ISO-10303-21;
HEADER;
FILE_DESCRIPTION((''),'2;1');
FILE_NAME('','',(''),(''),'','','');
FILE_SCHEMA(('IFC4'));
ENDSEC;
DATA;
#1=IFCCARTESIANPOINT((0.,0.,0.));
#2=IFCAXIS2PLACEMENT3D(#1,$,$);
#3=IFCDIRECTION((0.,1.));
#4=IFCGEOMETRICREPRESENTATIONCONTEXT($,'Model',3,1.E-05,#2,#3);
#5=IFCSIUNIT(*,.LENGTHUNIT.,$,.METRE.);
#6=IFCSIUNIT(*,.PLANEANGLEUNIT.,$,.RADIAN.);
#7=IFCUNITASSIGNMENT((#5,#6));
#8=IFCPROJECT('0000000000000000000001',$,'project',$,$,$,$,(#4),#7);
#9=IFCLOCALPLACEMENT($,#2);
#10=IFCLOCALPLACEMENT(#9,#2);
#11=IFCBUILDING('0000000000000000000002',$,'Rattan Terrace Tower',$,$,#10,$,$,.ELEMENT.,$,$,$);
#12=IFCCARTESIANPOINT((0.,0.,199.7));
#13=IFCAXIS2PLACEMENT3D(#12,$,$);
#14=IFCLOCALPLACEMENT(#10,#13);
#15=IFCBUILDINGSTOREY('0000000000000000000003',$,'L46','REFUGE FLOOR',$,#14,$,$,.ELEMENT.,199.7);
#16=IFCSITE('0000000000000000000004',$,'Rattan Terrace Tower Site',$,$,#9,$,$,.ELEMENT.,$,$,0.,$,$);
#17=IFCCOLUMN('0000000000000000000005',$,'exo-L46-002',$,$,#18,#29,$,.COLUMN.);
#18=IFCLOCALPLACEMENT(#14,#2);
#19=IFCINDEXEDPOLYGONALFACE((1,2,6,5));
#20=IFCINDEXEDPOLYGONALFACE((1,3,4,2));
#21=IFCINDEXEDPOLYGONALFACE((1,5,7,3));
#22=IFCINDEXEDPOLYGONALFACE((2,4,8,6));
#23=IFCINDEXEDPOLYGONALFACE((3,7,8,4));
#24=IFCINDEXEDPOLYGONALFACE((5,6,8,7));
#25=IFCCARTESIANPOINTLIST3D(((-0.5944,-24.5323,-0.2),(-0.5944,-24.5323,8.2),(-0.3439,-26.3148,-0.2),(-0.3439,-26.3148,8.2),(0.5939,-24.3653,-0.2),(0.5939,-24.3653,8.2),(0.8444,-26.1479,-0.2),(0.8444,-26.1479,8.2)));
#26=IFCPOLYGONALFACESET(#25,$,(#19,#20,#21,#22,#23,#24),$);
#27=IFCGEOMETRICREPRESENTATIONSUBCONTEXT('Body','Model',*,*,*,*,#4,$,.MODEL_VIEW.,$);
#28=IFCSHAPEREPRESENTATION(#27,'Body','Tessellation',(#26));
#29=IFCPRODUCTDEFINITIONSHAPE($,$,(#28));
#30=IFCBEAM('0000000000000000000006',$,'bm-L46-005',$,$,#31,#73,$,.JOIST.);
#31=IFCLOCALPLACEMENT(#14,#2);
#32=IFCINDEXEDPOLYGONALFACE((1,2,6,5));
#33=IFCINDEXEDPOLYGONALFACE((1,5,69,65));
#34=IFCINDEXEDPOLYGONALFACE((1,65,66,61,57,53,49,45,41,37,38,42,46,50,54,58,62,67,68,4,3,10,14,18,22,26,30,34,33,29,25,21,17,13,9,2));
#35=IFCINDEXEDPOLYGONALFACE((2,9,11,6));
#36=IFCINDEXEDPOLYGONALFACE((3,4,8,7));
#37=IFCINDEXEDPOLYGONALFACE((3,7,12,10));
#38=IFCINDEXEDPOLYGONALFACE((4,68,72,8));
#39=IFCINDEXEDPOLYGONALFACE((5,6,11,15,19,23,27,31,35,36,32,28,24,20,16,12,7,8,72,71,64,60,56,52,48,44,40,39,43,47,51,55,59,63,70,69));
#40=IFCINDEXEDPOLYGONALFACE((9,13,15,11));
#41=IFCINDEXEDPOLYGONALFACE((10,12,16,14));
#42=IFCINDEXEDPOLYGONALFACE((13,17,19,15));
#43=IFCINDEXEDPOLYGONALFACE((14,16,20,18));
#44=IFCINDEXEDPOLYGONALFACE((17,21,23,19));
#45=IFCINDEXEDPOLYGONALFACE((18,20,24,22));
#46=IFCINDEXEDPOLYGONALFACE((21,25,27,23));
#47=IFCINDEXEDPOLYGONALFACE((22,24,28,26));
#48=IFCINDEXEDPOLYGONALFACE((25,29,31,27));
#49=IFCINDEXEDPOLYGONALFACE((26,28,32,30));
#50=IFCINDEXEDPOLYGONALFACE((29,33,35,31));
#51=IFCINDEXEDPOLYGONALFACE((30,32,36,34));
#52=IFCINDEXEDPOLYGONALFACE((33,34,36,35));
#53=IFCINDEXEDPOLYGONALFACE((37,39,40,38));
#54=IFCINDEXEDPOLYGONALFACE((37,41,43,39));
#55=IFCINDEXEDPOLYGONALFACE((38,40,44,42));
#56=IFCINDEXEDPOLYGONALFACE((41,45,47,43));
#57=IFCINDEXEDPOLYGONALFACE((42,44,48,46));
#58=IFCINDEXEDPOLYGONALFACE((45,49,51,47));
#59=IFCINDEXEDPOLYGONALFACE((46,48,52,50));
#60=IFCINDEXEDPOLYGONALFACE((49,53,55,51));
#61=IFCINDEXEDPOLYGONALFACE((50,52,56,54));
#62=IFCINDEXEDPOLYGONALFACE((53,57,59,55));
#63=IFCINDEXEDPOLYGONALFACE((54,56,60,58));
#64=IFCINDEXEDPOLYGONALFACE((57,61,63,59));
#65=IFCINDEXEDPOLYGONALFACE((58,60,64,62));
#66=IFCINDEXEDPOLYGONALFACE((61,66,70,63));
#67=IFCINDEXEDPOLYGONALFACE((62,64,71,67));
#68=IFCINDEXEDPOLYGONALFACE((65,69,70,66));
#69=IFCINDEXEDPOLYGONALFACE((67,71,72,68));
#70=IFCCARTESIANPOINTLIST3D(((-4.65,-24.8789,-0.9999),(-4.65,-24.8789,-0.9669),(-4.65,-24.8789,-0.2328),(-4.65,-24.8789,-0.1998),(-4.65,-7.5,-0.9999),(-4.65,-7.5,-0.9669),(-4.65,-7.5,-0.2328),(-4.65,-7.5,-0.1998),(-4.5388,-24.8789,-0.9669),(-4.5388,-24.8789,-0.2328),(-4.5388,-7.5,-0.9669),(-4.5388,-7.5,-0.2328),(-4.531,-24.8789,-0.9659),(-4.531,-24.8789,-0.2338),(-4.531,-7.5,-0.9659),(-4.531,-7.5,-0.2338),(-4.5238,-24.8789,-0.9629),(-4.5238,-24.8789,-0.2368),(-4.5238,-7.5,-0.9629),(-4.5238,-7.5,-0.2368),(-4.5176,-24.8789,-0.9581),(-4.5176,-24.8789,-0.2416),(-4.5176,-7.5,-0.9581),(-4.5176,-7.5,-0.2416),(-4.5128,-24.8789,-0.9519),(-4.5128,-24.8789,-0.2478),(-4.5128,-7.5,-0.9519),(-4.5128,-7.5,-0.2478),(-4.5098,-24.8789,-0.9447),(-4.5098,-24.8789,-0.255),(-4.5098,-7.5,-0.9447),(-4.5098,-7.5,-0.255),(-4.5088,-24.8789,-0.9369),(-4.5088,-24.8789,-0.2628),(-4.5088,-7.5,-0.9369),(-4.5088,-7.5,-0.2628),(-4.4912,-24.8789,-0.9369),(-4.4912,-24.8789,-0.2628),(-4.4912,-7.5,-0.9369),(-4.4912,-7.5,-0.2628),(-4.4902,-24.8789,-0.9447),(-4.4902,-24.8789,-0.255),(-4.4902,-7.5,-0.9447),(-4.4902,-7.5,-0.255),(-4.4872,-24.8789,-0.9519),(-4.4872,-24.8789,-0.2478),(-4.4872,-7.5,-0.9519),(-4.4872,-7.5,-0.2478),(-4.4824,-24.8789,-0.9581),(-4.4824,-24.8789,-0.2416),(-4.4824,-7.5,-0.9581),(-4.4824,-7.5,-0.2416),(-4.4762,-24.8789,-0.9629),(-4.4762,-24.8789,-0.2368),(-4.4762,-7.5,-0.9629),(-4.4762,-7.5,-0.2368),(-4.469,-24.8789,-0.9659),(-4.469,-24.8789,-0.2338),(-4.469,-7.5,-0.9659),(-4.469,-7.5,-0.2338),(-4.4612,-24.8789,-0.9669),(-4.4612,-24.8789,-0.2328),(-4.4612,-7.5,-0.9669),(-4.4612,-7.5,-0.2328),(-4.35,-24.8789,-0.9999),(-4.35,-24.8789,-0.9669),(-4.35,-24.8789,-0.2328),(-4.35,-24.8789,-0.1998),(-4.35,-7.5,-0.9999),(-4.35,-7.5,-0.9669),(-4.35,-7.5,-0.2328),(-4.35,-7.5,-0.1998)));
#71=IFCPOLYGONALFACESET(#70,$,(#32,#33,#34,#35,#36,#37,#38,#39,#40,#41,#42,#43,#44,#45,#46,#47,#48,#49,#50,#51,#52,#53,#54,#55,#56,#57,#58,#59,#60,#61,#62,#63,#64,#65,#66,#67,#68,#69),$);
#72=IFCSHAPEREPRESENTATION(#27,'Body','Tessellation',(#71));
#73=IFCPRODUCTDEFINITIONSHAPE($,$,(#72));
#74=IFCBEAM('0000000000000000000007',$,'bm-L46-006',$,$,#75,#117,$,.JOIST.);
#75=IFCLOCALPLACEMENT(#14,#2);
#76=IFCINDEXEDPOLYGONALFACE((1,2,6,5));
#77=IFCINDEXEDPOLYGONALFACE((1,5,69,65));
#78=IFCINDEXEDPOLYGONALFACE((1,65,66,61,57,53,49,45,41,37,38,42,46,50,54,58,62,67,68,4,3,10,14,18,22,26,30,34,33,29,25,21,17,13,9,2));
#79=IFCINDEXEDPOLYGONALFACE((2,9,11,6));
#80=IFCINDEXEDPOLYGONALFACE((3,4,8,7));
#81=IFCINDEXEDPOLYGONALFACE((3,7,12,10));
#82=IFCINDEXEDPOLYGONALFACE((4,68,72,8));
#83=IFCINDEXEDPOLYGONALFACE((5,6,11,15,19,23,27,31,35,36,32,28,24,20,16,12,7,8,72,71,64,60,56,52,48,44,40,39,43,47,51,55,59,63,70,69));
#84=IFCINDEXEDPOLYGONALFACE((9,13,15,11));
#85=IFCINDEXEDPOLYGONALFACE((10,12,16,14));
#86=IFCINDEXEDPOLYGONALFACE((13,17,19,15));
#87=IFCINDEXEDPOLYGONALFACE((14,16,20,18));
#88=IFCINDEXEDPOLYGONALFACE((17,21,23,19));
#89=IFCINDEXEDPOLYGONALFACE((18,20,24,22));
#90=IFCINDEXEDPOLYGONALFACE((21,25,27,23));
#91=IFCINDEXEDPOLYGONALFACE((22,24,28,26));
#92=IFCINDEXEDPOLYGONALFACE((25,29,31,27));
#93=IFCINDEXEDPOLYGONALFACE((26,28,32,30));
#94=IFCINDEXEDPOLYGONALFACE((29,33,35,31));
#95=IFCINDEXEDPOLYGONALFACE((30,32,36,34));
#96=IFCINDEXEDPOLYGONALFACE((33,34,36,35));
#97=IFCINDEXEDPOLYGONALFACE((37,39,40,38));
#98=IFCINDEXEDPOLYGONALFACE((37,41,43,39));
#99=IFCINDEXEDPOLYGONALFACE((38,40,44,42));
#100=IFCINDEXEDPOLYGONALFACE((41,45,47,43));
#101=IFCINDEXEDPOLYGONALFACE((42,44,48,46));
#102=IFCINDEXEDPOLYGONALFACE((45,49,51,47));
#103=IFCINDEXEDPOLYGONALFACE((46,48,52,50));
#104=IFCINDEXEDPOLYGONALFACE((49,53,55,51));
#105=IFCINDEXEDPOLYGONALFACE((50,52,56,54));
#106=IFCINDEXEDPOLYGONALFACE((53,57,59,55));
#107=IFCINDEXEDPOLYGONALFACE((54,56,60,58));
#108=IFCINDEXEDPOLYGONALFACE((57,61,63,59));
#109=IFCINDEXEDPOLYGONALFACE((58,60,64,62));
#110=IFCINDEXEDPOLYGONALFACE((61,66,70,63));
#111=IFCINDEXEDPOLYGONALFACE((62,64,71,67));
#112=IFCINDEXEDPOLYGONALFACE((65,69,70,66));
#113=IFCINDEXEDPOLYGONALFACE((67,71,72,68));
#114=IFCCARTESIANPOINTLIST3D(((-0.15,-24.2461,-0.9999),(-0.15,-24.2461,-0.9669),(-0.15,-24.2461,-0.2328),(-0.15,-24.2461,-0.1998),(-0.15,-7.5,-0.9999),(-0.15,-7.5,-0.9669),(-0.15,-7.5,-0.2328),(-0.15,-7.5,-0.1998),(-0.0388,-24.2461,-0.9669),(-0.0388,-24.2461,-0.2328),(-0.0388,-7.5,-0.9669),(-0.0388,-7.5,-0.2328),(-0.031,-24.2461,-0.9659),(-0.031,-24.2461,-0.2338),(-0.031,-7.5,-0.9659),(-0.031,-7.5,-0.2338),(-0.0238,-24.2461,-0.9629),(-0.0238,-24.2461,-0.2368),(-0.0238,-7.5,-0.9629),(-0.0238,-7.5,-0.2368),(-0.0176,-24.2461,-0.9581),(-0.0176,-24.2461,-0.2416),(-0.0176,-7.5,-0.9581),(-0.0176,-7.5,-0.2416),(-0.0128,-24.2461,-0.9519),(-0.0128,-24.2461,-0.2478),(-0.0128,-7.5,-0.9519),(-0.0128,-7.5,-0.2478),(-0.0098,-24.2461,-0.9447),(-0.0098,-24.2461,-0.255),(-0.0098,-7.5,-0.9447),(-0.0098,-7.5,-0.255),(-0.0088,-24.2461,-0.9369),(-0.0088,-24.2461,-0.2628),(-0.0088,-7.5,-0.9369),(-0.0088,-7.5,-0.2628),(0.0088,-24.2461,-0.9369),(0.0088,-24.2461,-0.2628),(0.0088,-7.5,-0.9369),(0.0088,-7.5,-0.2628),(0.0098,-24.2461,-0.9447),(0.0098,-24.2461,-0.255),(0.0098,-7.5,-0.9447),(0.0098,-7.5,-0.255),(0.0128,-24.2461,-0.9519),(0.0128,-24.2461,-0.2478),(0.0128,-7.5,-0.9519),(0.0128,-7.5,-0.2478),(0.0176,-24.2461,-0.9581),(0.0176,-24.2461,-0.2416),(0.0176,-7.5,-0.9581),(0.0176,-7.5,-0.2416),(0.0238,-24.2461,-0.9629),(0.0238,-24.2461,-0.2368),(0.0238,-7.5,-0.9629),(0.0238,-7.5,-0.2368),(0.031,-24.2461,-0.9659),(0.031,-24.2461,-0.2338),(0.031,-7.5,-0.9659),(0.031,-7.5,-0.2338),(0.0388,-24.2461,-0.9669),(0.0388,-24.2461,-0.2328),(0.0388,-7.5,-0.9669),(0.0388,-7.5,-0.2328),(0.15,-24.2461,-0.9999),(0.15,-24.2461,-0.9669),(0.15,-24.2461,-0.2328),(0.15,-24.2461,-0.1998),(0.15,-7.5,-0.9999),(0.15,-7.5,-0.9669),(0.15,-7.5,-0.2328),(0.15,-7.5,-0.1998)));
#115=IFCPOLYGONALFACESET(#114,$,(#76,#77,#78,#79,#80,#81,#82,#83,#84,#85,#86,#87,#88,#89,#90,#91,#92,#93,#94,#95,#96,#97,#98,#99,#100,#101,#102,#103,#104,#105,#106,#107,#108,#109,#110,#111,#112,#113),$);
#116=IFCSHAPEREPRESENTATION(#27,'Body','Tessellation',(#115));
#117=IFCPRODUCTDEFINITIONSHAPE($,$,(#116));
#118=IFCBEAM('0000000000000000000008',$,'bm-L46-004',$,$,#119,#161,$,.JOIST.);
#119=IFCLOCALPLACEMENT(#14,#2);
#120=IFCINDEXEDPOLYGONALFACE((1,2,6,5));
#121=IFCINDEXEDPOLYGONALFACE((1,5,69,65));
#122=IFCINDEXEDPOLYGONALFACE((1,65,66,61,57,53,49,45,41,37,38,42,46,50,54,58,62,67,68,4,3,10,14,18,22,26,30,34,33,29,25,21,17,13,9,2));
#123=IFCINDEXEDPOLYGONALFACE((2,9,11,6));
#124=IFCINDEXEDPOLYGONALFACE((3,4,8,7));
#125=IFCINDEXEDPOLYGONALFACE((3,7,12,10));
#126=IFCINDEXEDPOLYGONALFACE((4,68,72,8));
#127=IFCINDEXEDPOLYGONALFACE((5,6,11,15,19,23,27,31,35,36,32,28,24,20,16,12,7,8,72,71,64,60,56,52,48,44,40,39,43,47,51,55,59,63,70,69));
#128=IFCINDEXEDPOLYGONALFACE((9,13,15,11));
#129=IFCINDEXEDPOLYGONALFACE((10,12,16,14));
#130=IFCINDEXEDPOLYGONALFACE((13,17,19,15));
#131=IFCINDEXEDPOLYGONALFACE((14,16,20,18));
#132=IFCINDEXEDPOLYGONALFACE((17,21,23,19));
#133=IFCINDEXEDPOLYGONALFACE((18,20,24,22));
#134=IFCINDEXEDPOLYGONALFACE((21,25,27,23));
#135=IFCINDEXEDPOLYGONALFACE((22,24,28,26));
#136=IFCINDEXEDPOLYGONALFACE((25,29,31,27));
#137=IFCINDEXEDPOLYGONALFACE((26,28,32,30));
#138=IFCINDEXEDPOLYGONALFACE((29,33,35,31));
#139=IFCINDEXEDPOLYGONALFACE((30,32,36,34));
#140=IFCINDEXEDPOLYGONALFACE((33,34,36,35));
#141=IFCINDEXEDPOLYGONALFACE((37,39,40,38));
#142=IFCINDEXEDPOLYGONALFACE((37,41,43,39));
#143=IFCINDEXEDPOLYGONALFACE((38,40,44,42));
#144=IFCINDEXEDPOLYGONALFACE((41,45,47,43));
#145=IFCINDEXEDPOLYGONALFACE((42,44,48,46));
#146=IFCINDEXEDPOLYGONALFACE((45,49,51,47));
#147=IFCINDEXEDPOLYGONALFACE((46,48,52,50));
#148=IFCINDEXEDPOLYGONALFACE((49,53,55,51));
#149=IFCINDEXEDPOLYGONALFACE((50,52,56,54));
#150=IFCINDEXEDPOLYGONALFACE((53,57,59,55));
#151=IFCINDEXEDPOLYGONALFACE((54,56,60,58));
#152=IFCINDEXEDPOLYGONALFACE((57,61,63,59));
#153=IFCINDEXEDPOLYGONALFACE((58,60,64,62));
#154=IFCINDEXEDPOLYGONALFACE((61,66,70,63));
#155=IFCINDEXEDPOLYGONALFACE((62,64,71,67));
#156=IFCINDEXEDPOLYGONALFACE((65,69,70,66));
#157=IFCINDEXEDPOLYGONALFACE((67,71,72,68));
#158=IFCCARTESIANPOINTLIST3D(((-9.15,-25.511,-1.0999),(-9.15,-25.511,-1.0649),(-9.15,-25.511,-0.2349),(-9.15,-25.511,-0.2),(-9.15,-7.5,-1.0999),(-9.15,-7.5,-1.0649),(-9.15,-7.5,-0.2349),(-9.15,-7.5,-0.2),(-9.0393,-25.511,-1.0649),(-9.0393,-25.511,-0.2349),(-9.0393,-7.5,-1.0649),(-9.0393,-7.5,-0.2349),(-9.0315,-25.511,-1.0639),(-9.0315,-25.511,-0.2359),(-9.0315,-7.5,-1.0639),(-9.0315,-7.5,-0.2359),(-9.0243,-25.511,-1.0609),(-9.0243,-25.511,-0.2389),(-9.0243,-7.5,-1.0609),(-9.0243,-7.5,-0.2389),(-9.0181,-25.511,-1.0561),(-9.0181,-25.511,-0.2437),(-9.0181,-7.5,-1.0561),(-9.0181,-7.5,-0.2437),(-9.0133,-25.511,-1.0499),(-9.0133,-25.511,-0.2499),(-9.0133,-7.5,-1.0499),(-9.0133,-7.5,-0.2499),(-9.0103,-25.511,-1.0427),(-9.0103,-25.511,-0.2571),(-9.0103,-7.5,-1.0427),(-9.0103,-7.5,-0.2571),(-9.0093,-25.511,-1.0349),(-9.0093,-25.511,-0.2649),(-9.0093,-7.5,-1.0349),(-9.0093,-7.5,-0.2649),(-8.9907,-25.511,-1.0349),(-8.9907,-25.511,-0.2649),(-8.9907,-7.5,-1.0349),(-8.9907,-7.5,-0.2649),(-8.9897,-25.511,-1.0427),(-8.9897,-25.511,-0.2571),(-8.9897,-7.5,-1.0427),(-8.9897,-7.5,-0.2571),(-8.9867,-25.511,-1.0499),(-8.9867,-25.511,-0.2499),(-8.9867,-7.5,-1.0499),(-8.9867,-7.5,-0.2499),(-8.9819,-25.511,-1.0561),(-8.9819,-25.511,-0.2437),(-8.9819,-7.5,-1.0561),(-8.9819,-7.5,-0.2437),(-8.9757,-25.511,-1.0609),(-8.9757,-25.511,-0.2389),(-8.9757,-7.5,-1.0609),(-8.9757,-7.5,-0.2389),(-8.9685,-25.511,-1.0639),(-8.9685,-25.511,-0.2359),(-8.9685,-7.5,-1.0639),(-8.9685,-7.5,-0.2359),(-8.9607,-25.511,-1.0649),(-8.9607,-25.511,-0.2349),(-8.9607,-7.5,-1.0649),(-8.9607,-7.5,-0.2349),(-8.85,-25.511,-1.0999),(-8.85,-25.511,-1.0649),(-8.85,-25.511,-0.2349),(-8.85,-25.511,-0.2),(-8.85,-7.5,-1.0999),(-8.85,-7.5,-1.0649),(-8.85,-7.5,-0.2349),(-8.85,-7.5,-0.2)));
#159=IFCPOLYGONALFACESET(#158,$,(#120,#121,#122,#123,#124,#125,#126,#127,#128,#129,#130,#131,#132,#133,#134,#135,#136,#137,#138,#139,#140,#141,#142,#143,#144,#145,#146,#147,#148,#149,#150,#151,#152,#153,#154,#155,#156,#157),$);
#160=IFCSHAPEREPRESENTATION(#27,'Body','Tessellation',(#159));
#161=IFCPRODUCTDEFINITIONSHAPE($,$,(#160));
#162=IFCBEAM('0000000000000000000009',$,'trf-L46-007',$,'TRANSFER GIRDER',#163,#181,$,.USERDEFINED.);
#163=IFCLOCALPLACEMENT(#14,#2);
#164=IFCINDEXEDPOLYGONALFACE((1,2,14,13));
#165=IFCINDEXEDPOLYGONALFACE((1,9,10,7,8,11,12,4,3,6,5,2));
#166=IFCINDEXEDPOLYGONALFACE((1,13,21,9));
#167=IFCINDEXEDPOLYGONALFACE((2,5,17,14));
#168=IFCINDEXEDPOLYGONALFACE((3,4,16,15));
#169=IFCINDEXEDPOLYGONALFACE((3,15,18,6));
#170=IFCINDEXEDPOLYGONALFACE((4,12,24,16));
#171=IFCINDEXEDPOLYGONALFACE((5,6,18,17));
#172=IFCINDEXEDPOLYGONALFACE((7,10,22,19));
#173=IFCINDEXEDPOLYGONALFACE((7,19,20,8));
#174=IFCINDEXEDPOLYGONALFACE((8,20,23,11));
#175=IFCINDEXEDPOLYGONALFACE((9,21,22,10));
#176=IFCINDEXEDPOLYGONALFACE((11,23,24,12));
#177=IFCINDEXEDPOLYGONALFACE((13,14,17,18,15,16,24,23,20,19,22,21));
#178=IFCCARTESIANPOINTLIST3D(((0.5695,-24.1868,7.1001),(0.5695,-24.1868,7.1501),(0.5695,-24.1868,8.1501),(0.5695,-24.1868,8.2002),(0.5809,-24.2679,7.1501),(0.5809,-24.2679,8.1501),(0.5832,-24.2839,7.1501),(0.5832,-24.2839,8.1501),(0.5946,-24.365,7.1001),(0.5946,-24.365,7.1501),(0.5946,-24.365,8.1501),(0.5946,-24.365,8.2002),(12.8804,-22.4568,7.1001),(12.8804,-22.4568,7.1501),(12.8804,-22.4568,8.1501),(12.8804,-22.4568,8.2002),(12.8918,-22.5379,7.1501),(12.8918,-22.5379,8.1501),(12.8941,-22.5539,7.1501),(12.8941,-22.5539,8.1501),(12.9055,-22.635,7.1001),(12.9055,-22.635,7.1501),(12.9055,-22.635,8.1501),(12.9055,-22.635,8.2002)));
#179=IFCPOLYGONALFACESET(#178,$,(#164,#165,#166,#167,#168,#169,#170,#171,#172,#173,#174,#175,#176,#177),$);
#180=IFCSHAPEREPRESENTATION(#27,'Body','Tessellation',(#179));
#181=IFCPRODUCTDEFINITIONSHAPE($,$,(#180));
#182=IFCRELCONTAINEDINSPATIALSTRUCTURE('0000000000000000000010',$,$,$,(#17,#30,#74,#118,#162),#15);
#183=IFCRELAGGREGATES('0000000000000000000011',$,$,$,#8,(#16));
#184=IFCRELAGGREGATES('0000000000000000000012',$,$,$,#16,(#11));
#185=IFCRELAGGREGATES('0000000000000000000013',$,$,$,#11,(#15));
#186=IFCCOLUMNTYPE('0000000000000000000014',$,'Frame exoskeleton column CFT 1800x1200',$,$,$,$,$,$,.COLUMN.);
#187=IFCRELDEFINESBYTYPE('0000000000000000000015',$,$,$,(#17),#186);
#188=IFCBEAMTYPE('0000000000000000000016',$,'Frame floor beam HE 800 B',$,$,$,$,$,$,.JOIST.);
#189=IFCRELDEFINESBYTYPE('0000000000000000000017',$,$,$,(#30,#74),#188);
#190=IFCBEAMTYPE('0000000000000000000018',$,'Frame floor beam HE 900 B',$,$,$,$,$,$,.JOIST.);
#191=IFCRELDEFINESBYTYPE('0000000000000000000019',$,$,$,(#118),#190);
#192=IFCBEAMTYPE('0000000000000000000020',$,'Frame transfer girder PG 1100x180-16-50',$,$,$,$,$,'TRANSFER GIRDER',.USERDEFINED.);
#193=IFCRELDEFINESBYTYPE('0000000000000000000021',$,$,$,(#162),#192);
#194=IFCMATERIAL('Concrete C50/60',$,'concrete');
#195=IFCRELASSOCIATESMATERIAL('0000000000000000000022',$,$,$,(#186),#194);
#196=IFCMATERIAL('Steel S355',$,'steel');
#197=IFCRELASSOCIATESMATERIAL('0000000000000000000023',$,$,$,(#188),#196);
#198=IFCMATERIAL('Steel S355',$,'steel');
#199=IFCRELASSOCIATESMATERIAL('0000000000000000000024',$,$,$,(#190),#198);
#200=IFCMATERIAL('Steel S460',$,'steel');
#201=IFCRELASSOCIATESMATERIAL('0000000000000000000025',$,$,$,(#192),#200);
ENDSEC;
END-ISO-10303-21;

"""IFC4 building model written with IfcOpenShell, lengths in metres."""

from ifc_helpers import new_model, si_unit, direction, frame, origin, origin_2d, place, context, subcontext, project, spatial, rectangle, i_section, extrude, material, material_profile, profile_set, type_object, element, save


model = new_model("IFC4")

# Units and contexts
model_context = context("Model", 3, precision=1e-05, world=origin(), true_north=direction((0.0, 1.0)))
body_context = subcontext(model_context, "Body", "Model", "MODEL_VIEW")
ifc_project = project(units=[si_unit("LENGTHUNIT", "METRE"), si_unit("PLANEANGLEUNIT", "RADIAN")], contexts=[model_context])

# Site, building, storey
site_placement = place(None, origin())
site = spatial("IfcSite", under=ifc_project, at=site_placement, Name="Rattan Terrace Tower Site", CompositionType="ELEMENT", RefElevation=0.0)
building_placement = place(site_placement, origin())
building = spatial("IfcBuilding", under=site, at=building_placement, Name="Rattan Terrace Tower", CompositionType="ELEMENT")
storey_placement = place(building_placement, frame((0.0, 0.0, 199.7)))
storey = spatial("IfcBuildingStorey", under=building, at=storey_placement, Name="L46", Description="REFUGE FLOOR", CompositionType="ELEMENT", Elevation=199.7)

# Column
ifc_material_1 = material(Name="Concrete C50/60", Category="concrete")
ifc_material_profile_1 = material_profile(ifc_material_1, rectangle(XDim=1.2, YDim=1.8, at=origin_2d()), Name="CFT 1800x1200")
ifc_profile_set_1 = profile_set([ifc_material_profile_1], Name="Concrete C50/60")
column_type = type_object("IfcColumnType", Name="Frame exoskeleton column CFT 1800x1200", PredefinedType="COLUMN", material=ifc_profile_set_1)
column_placement = place(storey_placement, frame((0.125, -25.3401, -0.2), z_axis=(0.0, 0.0, 1.0), x_axis=(0.99027, 0.139156, 0.0)))
element("IfcColumn", 1, at=column_placement, inside=storey, type_object=column_type, Name="exo-L46-002", PredefinedType="COLUMN", context=body_context, shape_type="SweptSolid", body=[
    extrude(rectangle(XDim=1.2, YDim=1.8, at=origin_2d()), origin(), (0.0, 0.0, 1.0), 8.3999),
])

# Beams
ifc_material_2 = material(Name="Steel S355", Category="steel")
ifc_material_profile_2 = material_profile(ifc_material_2, i_section(OverallWidth=0.3, OverallDepth=0.8, WebThickness=0.0176, FlangeThickness=0.033, FilletRadius=0.03, at=origin_2d()), Name="HE 800 B")
ifc_profile_set_2 = profile_set([ifc_material_profile_2], Name="Steel S355")
beam_type_1 = type_object("IfcBeamType", Name="Frame floor beam HE 800 B", PredefinedType="JOIST", material=ifc_profile_set_2)
beam_1_placement = place(storey_placement, frame((-4.5, -24.8789, -0.5999), z_axis=(0.0, 1.0, 0.0), x_axis=(-1.0, 0.0, 0.0)))
element("IfcBeam", 2, at=beam_1_placement, inside=storey, type_object=beam_type_1, Name="bm-L46-005", PredefinedType="JOIST", context=body_context, shape_type="SweptSolid", body=[
    extrude(i_section(OverallWidth=0.3, OverallDepth=0.8, WebThickness=0.0176, FlangeThickness=0.033, FilletRadius=0.03, at=origin_2d()), origin(), (0.0, 0.0, 1.0), 17.3789),
])
beam_2_placement = place(storey_placement, frame((0.0, -24.2461, -0.5999), z_axis=(0.0, 1.0, 0.0), x_axis=(-1.0, 0.0, 0.0)))
element("IfcBeam", 3, at=beam_2_placement, inside=storey, type_object=beam_type_1, Name="bm-L46-006", PredefinedType="JOIST", context=body_context, shape_type="SweptSolid", body=[
    extrude(i_section(OverallWidth=0.3, OverallDepth=0.8, WebThickness=0.0176, FlangeThickness=0.033, FilletRadius=0.03, at=origin_2d()), origin(), (0.0, 0.0, 1.0), 16.7461),
])
ifc_material_3 = material(Name="Steel S355", Category="steel")
ifc_material_profile_3 = material_profile(ifc_material_3, i_section(OverallWidth=0.3, OverallDepth=0.8999, WebThickness=0.0186, FlangeThickness=0.0349, FilletRadius=0.03, at=origin_2d()), Name="HE 900 B")
ifc_profile_set_3 = profile_set([ifc_material_profile_3], Name="Steel S355")
beam_type_2 = type_object("IfcBeamType", Name="Frame floor beam HE 900 B", PredefinedType="JOIST", material=ifc_profile_set_3)
beam_3_placement = place(storey_placement, frame((-9.0, -25.511, -0.6499), z_axis=(0.0, 1.0, 0.0), x_axis=(-1.0, 0.0, 0.0)))
element("IfcBeam", 4, at=beam_3_placement, inside=storey, type_object=beam_type_2, Name="bm-L46-004", PredefinedType="JOIST", context=body_context, shape_type="SweptSolid", body=[
    extrude(i_section(OverallWidth=0.3, OverallDepth=0.8999, WebThickness=0.0186, FlangeThickness=0.0349, FilletRadius=0.03, at=origin_2d()), origin(), (0.0, 0.0, 1.0), 18.011),
])
ifc_material_4 = material(Name="Steel S460", Category="steel")
ifc_material_profile_4 = material_profile(ifc_material_4, i_section(OverallWidth=0.1799, OverallDepth=1.1001, WebThickness=0.0161, FlangeThickness=0.05, at=origin_2d()), Name="PG 1100x180-16-50")
ifc_profile_set_4 = profile_set([ifc_material_profile_4], Name="Steel S460")
beam_type_3 = type_object("IfcBeamType", Name="Frame transfer girder PG 1100x180-16-50", ElementType="TRANSFER GIRDER", PredefinedType="USERDEFINED", material=ifc_profile_set_4)
beam_4_placement = place(storey_placement, frame((0.582, -24.2759, 7.6501), z_axis=(0.990271, 0.139156, 0.0), x_axis=(-0.139156, 0.990271, 0.0)))
element("IfcBeam", 5, at=beam_4_placement, inside=storey, type_object=beam_type_3, Name="trf-L46-007", ObjectType="TRANSFER GIRDER", PredefinedType="USERDEFINED", context=body_context, shape_type="SweptSolid", body=[
    extrude(i_section(OverallWidth=0.1799, OverallDepth=1.1001, WebThickness=0.0161, FlangeThickness=0.05, at=origin_2d()), origin(), (0.0, 0.0, 1.0), 12.4319),
])

save(model, "model.ifc")
